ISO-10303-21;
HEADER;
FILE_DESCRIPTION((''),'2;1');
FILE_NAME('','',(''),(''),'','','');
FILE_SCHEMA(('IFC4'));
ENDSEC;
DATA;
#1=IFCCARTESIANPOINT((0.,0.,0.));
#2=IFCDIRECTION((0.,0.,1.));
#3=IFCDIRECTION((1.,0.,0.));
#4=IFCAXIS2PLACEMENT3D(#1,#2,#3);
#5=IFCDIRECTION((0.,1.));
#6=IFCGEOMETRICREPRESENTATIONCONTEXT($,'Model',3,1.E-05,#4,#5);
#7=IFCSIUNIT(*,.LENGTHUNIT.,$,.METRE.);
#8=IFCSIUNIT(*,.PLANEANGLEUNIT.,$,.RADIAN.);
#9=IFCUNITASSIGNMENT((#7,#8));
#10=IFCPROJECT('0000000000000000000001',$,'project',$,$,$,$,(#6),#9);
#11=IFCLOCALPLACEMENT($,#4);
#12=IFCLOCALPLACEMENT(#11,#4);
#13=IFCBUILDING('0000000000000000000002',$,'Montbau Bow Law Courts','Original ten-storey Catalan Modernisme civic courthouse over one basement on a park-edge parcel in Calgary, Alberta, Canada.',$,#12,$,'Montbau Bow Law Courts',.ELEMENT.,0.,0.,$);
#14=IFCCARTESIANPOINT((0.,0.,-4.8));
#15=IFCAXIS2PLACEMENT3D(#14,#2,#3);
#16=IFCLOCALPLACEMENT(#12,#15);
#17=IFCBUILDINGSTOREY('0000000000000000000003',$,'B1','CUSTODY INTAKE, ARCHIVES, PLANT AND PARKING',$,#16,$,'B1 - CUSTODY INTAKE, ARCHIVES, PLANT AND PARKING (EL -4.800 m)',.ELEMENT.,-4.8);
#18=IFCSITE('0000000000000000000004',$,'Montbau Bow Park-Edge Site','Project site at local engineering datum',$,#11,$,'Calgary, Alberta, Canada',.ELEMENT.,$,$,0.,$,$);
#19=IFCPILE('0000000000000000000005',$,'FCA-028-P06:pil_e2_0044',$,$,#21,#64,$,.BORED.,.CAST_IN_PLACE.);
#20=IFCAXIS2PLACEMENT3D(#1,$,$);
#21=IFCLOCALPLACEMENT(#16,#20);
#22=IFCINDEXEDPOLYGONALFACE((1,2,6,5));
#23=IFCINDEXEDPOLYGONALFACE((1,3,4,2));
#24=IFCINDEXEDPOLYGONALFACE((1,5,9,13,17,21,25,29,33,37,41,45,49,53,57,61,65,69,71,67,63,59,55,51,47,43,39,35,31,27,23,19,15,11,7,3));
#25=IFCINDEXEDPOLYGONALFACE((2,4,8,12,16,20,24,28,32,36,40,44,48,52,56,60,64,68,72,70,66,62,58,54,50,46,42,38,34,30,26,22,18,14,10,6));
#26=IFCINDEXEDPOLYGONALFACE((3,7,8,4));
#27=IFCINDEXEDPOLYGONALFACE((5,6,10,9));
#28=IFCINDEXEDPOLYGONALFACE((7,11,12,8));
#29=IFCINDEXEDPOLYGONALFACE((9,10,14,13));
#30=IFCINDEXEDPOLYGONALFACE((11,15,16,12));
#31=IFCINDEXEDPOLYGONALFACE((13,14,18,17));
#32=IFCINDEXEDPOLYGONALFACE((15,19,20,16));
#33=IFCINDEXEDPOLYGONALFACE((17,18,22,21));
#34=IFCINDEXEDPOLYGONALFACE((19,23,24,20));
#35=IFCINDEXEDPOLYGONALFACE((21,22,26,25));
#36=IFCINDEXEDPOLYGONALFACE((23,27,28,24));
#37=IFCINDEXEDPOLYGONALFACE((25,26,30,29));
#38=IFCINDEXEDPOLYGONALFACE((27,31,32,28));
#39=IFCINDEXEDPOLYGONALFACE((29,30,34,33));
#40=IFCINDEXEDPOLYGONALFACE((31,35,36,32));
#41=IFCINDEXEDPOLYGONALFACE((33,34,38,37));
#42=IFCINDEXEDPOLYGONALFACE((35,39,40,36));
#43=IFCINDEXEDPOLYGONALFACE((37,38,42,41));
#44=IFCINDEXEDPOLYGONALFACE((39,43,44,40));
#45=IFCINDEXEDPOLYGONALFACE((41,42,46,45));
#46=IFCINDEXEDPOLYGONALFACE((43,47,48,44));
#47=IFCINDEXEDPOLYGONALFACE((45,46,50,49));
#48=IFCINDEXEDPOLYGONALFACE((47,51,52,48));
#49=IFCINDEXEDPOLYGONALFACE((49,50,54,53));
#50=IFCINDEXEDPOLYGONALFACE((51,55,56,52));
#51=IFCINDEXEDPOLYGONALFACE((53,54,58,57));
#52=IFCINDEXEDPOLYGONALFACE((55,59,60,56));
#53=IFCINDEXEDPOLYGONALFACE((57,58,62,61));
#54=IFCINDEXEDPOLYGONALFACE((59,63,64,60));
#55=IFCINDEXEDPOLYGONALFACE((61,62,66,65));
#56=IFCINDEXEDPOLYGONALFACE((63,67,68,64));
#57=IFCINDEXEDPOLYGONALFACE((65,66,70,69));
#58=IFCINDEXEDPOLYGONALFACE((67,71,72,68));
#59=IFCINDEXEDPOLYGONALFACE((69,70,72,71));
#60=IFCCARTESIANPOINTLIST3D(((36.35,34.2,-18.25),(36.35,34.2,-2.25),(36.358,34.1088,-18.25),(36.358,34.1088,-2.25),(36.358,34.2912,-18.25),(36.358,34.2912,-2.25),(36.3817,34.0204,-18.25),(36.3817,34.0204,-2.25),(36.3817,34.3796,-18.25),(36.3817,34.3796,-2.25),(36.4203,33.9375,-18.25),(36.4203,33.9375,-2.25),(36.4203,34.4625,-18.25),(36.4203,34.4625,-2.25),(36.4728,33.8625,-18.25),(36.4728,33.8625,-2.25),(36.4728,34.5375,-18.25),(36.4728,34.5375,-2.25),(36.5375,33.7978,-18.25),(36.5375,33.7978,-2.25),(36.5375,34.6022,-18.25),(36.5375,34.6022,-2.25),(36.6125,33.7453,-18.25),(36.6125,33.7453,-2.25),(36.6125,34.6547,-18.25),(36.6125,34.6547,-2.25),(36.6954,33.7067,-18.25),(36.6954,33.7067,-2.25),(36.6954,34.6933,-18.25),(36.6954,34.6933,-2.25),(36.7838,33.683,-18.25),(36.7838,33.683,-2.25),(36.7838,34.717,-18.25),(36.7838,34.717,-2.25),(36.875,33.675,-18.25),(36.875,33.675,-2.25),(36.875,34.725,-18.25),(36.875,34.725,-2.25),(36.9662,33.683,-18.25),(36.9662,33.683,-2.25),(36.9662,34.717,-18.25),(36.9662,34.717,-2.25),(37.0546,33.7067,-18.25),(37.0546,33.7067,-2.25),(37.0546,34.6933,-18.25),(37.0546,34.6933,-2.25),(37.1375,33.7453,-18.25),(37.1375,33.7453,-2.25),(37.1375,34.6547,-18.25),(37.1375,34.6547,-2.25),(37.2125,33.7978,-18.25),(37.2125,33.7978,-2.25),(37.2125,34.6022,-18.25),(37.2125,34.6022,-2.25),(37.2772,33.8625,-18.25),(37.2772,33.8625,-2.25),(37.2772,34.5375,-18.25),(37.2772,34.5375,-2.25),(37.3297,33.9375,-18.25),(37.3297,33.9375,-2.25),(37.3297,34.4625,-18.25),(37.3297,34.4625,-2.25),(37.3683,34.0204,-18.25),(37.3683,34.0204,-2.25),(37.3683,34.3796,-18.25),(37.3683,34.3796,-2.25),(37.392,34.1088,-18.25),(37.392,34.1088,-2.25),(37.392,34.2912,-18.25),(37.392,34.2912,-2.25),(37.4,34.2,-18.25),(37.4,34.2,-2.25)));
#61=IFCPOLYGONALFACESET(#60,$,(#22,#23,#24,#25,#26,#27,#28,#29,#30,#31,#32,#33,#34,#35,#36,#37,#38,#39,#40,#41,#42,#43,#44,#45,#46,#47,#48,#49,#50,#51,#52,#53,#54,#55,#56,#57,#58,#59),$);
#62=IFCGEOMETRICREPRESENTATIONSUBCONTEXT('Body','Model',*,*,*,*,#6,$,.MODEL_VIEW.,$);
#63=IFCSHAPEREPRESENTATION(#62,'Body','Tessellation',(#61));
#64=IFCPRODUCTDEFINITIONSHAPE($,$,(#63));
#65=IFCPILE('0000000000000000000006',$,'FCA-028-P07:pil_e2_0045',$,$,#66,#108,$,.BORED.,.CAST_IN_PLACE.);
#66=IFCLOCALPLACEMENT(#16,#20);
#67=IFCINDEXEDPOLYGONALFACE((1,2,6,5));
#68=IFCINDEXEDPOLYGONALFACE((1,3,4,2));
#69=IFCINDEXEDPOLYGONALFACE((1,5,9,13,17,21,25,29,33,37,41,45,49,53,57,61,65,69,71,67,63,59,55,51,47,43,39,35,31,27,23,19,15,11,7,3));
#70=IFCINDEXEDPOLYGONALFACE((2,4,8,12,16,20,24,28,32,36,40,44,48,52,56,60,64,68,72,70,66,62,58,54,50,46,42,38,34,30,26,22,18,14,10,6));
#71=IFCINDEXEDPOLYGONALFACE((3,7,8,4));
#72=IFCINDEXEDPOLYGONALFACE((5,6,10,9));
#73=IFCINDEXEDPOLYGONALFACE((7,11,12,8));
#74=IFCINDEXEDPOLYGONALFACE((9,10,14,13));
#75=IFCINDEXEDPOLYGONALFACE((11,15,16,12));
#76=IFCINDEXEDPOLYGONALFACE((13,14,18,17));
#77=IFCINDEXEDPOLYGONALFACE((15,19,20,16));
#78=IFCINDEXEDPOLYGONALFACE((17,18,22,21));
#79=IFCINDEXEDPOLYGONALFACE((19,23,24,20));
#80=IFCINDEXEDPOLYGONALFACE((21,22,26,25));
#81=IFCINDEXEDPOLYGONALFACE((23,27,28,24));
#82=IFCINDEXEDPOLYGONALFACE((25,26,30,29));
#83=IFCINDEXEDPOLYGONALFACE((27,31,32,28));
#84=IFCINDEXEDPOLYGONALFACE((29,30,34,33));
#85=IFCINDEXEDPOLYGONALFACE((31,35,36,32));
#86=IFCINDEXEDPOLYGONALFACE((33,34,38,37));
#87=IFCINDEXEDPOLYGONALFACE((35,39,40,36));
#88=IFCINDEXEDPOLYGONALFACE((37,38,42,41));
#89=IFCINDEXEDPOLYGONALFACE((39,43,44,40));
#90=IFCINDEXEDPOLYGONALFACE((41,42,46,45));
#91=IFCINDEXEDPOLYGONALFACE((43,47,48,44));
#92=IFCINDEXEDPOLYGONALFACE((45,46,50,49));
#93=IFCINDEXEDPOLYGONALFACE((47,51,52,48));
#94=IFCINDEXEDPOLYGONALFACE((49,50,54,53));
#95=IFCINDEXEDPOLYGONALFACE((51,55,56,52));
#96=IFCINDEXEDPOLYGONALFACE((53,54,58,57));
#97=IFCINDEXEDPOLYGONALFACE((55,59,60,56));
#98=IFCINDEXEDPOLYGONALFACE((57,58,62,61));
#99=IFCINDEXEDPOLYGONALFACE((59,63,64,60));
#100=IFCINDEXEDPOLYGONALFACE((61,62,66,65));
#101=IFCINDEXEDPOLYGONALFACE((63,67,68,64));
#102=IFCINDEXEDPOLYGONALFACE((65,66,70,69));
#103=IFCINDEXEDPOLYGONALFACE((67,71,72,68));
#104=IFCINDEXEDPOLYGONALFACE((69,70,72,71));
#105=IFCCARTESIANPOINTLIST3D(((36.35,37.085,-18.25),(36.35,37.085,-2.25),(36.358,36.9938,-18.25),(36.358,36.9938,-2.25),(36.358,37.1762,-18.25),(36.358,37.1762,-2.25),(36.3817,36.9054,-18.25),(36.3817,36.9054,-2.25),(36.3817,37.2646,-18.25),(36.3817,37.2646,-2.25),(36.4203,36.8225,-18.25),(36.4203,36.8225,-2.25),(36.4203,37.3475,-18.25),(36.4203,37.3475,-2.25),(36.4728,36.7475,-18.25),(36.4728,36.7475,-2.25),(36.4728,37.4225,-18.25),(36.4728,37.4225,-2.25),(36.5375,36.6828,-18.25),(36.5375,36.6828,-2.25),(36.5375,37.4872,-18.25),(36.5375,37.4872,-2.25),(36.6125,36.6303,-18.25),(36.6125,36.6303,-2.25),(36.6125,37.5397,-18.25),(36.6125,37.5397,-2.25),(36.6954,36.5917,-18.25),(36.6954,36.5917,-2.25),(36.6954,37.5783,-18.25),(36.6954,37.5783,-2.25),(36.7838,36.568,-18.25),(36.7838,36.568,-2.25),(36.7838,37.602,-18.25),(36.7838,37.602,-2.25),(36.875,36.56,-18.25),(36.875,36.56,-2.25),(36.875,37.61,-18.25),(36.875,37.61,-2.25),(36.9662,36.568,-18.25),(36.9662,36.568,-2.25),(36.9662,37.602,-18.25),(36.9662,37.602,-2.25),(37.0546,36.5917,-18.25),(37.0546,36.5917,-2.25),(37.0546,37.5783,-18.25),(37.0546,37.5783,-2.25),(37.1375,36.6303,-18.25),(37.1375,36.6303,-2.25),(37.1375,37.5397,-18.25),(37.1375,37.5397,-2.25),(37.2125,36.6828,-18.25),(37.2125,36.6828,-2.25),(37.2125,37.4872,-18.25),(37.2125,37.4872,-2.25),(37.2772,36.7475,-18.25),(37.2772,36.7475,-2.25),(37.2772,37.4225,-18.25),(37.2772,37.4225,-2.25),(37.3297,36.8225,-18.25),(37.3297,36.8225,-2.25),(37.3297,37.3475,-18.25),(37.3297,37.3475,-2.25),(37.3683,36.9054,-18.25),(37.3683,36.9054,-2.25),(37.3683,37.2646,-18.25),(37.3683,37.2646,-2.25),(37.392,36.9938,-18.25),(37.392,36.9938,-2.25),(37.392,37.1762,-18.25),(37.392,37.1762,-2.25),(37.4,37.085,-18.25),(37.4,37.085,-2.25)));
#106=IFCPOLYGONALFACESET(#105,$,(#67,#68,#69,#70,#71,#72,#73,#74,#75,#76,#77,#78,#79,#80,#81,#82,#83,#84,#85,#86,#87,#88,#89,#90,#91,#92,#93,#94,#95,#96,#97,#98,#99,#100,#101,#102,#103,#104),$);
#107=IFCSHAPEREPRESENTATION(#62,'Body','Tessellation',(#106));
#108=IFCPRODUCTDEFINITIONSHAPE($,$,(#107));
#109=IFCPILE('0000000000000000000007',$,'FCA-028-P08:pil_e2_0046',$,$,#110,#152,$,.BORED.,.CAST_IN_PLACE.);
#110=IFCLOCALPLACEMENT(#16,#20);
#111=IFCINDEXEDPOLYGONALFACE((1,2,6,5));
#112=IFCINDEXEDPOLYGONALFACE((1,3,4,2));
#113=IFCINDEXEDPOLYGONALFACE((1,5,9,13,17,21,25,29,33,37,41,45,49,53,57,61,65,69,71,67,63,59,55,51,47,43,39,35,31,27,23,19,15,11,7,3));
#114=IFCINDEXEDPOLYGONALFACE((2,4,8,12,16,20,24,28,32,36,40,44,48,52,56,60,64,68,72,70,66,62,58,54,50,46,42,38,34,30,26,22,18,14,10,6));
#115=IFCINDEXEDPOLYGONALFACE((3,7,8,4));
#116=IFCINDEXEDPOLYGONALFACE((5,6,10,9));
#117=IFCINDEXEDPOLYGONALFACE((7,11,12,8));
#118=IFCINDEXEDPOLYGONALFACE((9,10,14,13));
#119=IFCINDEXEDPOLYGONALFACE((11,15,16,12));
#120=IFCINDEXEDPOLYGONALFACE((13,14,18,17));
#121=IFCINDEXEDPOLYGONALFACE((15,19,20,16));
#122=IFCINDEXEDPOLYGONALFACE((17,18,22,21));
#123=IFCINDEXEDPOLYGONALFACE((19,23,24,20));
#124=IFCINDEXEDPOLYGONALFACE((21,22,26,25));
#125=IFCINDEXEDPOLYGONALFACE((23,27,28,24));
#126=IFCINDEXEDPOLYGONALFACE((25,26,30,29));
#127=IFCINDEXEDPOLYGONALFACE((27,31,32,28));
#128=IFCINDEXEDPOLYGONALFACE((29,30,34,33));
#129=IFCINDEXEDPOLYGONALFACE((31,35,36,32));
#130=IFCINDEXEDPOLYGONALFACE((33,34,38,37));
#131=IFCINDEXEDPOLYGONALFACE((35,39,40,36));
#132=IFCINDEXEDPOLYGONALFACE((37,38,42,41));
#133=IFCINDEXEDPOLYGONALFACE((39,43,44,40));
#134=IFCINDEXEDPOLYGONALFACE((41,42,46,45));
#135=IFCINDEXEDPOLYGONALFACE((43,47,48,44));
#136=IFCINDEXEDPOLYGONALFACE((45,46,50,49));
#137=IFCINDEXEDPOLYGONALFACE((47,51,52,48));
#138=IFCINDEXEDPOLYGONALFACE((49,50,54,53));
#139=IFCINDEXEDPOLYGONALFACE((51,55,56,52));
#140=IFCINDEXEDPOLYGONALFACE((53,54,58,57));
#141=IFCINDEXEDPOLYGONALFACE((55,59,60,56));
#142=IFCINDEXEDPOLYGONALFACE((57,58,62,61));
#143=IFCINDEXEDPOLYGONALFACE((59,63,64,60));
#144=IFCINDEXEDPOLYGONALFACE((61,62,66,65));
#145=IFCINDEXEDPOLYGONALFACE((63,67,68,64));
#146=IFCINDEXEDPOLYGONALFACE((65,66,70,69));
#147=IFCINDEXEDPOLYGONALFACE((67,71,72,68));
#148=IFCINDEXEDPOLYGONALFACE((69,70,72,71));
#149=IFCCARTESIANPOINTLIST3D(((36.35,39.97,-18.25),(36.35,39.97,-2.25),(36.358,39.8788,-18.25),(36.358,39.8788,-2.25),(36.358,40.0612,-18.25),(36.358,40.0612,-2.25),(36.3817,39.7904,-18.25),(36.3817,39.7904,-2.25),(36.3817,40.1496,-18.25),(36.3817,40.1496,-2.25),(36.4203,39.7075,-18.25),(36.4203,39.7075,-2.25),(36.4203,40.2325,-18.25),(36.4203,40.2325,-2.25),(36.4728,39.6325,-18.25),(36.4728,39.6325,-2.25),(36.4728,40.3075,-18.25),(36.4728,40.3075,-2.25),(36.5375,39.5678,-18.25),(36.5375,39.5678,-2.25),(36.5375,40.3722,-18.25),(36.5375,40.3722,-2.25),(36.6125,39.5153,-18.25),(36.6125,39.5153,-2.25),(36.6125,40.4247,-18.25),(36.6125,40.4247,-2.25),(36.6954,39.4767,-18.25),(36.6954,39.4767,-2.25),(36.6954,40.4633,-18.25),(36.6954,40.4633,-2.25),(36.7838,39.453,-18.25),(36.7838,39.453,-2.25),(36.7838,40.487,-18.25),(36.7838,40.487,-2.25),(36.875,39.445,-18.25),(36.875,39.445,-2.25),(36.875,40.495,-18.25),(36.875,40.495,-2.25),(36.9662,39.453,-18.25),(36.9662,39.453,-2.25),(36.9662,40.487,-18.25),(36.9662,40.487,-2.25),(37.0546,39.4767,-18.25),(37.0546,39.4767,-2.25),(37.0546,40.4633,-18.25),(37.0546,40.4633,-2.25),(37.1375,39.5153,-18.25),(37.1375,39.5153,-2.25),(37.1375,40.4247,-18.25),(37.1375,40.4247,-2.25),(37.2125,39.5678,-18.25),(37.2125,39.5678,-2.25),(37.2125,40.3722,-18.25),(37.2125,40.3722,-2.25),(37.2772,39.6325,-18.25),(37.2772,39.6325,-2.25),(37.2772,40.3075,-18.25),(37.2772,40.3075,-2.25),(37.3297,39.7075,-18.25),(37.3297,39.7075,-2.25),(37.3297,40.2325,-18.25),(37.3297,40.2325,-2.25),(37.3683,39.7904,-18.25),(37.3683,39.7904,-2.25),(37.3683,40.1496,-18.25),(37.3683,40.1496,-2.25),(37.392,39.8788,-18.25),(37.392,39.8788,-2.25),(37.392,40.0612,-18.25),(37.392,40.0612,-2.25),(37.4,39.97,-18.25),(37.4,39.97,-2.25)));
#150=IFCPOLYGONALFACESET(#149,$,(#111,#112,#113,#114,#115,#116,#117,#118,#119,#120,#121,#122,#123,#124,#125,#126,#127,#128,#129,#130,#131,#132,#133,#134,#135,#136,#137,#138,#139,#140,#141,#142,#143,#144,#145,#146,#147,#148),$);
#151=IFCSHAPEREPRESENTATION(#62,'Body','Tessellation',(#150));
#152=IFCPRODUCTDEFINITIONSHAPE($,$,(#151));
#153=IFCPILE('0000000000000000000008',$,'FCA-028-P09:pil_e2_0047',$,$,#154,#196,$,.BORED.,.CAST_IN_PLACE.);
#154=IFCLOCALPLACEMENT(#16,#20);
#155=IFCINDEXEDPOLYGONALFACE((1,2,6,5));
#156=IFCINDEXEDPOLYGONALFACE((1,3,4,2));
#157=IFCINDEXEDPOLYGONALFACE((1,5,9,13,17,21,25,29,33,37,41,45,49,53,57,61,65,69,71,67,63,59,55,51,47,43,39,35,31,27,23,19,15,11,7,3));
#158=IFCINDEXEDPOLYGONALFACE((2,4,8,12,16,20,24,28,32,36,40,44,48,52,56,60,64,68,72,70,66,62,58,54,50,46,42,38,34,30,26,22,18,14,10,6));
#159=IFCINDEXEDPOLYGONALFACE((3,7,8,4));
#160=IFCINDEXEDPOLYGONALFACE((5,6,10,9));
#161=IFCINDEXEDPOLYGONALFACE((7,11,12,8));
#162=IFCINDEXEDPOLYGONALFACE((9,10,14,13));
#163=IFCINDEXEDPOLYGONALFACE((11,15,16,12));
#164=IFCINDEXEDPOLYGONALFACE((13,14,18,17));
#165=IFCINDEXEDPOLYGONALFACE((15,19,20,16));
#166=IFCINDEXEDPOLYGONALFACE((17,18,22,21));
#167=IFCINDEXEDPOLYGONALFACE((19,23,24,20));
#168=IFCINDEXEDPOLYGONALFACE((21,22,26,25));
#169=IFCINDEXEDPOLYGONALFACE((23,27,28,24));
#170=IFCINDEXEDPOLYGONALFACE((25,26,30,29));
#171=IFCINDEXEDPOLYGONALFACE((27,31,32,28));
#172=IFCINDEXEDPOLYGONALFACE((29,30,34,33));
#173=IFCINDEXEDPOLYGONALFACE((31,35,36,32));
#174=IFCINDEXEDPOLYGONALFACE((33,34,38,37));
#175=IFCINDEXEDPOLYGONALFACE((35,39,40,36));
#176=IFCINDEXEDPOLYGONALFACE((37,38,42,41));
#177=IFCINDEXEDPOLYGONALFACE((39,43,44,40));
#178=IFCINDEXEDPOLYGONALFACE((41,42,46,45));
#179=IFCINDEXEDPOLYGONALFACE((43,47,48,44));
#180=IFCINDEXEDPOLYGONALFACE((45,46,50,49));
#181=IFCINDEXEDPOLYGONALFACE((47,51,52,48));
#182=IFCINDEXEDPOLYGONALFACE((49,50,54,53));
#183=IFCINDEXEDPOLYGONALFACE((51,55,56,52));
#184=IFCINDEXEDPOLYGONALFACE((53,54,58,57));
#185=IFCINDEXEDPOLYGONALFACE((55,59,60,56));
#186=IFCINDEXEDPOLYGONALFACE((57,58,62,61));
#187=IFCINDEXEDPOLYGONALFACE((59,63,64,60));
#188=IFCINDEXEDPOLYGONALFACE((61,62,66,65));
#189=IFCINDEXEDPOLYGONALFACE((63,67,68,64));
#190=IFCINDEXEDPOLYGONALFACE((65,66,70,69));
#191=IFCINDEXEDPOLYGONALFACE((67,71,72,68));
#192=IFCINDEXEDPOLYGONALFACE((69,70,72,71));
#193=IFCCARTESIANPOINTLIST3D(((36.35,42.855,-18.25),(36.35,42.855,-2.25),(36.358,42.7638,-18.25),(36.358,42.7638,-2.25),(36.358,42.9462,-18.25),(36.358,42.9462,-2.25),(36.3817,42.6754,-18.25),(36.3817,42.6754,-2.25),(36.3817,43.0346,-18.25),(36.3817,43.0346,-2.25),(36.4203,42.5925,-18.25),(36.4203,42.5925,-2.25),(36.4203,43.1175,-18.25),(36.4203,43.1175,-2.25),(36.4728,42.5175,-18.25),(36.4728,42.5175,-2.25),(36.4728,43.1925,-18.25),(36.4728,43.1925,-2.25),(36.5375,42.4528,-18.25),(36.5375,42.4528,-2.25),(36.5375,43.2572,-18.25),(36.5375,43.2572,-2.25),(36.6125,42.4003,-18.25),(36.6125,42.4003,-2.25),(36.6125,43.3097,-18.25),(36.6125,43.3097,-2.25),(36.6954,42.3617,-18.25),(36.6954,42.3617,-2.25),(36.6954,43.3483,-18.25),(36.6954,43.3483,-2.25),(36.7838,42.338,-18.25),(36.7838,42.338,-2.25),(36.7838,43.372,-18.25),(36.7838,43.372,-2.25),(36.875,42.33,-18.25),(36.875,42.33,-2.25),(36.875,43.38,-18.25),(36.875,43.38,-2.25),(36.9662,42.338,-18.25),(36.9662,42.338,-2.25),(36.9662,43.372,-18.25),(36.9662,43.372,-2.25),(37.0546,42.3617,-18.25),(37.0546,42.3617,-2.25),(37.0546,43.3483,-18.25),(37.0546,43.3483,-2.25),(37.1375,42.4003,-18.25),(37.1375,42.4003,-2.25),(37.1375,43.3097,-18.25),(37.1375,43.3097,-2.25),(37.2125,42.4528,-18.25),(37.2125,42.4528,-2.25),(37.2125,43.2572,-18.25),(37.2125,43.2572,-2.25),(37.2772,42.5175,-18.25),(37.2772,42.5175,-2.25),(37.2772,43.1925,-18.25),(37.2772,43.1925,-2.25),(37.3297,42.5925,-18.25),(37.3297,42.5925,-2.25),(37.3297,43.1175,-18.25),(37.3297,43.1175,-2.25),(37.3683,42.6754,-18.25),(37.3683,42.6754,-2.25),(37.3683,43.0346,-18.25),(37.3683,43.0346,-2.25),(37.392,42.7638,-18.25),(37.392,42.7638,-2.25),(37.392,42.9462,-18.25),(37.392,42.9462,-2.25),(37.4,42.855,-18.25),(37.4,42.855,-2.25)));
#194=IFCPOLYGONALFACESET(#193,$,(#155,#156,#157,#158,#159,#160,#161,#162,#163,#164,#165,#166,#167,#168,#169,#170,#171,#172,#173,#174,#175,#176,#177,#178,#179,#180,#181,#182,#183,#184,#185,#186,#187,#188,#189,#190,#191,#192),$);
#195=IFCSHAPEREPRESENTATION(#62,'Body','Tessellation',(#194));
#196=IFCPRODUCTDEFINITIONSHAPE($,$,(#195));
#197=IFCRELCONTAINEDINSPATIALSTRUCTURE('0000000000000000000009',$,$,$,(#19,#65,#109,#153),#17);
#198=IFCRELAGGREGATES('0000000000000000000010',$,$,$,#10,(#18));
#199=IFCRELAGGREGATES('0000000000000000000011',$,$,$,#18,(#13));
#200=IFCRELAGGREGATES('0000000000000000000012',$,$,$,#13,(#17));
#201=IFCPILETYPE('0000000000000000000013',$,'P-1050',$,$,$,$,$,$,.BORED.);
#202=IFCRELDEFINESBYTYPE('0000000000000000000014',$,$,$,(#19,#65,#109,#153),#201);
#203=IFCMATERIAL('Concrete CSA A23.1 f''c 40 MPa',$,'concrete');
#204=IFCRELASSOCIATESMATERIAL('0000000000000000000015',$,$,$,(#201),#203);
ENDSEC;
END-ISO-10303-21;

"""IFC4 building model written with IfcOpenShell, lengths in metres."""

from ifc_helpers import new_model, si_unit, direction, frame, origin_with_axes, origin_2d_with_axis, place, context, subcontext, project, spatial, circle, extrude, material, material_profile, profile_set, type_object, element, save


model = new_model("IFC4")

# Units and contexts
model_context = context("Model", 3, precision=1e-05, world=origin_with_axes(), true_north=direction((0.0, 1.0)))
body_context = subcontext(model_context, "Body", "Model", "MODEL_VIEW")
ifc_project = project(units=[si_unit("LENGTHUNIT", "METRE"), si_unit("PLANEANGLEUNIT", "RADIAN")], contexts=[model_context])

# Site, building, storey
site_placement = place(None, origin_with_axes())
site = spatial("IfcSite", under=ifc_project, at=site_placement, Name="Montbau Bow Park-Edge Site", Description="Project site at local engineering datum", LongName="Calgary, Alberta, Canada", CompositionType="ELEMENT", RefElevation=0.0)
building_placement = place(site_placement, origin_with_axes())
building = spatial("IfcBuilding", under=site, at=building_placement, Name="Montbau Bow Law Courts", Description="Original ten-storey Catalan Modernisme civic courthouse over one basement on a park-edge parcel in Calgary, Alberta, Canada.", LongName="Montbau Bow Law Courts", CompositionType="ELEMENT", ElevationOfRefHeight=0.0, ElevationOfTerrain=0.0)
storey_placement = place(building_placement, frame((0.0, 0.0, -4.8), z_axis=(0.0, 0.0, 1.0), x_axis=(1.0, 0.0, 0.0)))
storey = spatial("IfcBuildingStorey", under=building, at=storey_placement, Name="B1", Description="CUSTODY INTAKE, ARCHIVES, PLANT AND PARKING", LongName="B1 - CUSTODY INTAKE, ARCHIVES, PLANT AND PARKING (EL -4.800 m)", CompositionType="ELEMENT", Elevation=-4.8)

# Piles
ifc_material_1 = material(Name="Concrete CSA A23.1 f'c 40 MPa", Category="concrete")
ifc_material_profile_1 = material_profile(ifc_material_1, circle(Radius=0.525, at=origin_2d_with_axis()), Name="BP1050", Category="Main", Priority=0)
ifc_profile_set_1 = profile_set([ifc_material_profile_1], Name="Concrete CSA A23.1 f'c 40 MPa")
pile_type = type_object("IfcPileType", Name="P-1050", PredefinedType="BORED", material=ifc_profile_set_1)
for number, where, z_axis, x_axis, name in (
    (1, (36.875, 34.2, -23.05), (0.0, 0.0, 1.0), (1.0, 0.0, 0.0), "FCA-028-P06:pil_e2_0044"),
    (2, (36.875, 37.085, -23.05), (0.0, 0.0, 1.0), (1.0, 0.0, 0.0), "FCA-028-P07:pil_e2_0045"),
    (3, (36.875, 39.97, -23.05), (0.0, 0.0, 1.0), (1.0, 0.0, 0.0), "FCA-028-P08:pil_e2_0046"),
    (4, (36.875, 42.855, -23.05), (0.0, 0.0, 1.0), (1.0, 0.0, 0.0), "FCA-028-P09:pil_e2_0047"),
):
    element("IfcPile", number, at=place(None, frame(where, z_axis=z_axis, x_axis=x_axis)), inside=storey, type_object=pile_type, Name=name, ConstructionType="CAST_IN_PLACE", PredefinedType="BORED", context=body_context, shape_type="SweptSolid", body=[
        extrude(circle(Radius=0.525, at=origin_2d_with_axis()), origin_with_axes(), (0.0, 0.0, 1.0), 16.0),
    ])

save(model, "model.ifc")
